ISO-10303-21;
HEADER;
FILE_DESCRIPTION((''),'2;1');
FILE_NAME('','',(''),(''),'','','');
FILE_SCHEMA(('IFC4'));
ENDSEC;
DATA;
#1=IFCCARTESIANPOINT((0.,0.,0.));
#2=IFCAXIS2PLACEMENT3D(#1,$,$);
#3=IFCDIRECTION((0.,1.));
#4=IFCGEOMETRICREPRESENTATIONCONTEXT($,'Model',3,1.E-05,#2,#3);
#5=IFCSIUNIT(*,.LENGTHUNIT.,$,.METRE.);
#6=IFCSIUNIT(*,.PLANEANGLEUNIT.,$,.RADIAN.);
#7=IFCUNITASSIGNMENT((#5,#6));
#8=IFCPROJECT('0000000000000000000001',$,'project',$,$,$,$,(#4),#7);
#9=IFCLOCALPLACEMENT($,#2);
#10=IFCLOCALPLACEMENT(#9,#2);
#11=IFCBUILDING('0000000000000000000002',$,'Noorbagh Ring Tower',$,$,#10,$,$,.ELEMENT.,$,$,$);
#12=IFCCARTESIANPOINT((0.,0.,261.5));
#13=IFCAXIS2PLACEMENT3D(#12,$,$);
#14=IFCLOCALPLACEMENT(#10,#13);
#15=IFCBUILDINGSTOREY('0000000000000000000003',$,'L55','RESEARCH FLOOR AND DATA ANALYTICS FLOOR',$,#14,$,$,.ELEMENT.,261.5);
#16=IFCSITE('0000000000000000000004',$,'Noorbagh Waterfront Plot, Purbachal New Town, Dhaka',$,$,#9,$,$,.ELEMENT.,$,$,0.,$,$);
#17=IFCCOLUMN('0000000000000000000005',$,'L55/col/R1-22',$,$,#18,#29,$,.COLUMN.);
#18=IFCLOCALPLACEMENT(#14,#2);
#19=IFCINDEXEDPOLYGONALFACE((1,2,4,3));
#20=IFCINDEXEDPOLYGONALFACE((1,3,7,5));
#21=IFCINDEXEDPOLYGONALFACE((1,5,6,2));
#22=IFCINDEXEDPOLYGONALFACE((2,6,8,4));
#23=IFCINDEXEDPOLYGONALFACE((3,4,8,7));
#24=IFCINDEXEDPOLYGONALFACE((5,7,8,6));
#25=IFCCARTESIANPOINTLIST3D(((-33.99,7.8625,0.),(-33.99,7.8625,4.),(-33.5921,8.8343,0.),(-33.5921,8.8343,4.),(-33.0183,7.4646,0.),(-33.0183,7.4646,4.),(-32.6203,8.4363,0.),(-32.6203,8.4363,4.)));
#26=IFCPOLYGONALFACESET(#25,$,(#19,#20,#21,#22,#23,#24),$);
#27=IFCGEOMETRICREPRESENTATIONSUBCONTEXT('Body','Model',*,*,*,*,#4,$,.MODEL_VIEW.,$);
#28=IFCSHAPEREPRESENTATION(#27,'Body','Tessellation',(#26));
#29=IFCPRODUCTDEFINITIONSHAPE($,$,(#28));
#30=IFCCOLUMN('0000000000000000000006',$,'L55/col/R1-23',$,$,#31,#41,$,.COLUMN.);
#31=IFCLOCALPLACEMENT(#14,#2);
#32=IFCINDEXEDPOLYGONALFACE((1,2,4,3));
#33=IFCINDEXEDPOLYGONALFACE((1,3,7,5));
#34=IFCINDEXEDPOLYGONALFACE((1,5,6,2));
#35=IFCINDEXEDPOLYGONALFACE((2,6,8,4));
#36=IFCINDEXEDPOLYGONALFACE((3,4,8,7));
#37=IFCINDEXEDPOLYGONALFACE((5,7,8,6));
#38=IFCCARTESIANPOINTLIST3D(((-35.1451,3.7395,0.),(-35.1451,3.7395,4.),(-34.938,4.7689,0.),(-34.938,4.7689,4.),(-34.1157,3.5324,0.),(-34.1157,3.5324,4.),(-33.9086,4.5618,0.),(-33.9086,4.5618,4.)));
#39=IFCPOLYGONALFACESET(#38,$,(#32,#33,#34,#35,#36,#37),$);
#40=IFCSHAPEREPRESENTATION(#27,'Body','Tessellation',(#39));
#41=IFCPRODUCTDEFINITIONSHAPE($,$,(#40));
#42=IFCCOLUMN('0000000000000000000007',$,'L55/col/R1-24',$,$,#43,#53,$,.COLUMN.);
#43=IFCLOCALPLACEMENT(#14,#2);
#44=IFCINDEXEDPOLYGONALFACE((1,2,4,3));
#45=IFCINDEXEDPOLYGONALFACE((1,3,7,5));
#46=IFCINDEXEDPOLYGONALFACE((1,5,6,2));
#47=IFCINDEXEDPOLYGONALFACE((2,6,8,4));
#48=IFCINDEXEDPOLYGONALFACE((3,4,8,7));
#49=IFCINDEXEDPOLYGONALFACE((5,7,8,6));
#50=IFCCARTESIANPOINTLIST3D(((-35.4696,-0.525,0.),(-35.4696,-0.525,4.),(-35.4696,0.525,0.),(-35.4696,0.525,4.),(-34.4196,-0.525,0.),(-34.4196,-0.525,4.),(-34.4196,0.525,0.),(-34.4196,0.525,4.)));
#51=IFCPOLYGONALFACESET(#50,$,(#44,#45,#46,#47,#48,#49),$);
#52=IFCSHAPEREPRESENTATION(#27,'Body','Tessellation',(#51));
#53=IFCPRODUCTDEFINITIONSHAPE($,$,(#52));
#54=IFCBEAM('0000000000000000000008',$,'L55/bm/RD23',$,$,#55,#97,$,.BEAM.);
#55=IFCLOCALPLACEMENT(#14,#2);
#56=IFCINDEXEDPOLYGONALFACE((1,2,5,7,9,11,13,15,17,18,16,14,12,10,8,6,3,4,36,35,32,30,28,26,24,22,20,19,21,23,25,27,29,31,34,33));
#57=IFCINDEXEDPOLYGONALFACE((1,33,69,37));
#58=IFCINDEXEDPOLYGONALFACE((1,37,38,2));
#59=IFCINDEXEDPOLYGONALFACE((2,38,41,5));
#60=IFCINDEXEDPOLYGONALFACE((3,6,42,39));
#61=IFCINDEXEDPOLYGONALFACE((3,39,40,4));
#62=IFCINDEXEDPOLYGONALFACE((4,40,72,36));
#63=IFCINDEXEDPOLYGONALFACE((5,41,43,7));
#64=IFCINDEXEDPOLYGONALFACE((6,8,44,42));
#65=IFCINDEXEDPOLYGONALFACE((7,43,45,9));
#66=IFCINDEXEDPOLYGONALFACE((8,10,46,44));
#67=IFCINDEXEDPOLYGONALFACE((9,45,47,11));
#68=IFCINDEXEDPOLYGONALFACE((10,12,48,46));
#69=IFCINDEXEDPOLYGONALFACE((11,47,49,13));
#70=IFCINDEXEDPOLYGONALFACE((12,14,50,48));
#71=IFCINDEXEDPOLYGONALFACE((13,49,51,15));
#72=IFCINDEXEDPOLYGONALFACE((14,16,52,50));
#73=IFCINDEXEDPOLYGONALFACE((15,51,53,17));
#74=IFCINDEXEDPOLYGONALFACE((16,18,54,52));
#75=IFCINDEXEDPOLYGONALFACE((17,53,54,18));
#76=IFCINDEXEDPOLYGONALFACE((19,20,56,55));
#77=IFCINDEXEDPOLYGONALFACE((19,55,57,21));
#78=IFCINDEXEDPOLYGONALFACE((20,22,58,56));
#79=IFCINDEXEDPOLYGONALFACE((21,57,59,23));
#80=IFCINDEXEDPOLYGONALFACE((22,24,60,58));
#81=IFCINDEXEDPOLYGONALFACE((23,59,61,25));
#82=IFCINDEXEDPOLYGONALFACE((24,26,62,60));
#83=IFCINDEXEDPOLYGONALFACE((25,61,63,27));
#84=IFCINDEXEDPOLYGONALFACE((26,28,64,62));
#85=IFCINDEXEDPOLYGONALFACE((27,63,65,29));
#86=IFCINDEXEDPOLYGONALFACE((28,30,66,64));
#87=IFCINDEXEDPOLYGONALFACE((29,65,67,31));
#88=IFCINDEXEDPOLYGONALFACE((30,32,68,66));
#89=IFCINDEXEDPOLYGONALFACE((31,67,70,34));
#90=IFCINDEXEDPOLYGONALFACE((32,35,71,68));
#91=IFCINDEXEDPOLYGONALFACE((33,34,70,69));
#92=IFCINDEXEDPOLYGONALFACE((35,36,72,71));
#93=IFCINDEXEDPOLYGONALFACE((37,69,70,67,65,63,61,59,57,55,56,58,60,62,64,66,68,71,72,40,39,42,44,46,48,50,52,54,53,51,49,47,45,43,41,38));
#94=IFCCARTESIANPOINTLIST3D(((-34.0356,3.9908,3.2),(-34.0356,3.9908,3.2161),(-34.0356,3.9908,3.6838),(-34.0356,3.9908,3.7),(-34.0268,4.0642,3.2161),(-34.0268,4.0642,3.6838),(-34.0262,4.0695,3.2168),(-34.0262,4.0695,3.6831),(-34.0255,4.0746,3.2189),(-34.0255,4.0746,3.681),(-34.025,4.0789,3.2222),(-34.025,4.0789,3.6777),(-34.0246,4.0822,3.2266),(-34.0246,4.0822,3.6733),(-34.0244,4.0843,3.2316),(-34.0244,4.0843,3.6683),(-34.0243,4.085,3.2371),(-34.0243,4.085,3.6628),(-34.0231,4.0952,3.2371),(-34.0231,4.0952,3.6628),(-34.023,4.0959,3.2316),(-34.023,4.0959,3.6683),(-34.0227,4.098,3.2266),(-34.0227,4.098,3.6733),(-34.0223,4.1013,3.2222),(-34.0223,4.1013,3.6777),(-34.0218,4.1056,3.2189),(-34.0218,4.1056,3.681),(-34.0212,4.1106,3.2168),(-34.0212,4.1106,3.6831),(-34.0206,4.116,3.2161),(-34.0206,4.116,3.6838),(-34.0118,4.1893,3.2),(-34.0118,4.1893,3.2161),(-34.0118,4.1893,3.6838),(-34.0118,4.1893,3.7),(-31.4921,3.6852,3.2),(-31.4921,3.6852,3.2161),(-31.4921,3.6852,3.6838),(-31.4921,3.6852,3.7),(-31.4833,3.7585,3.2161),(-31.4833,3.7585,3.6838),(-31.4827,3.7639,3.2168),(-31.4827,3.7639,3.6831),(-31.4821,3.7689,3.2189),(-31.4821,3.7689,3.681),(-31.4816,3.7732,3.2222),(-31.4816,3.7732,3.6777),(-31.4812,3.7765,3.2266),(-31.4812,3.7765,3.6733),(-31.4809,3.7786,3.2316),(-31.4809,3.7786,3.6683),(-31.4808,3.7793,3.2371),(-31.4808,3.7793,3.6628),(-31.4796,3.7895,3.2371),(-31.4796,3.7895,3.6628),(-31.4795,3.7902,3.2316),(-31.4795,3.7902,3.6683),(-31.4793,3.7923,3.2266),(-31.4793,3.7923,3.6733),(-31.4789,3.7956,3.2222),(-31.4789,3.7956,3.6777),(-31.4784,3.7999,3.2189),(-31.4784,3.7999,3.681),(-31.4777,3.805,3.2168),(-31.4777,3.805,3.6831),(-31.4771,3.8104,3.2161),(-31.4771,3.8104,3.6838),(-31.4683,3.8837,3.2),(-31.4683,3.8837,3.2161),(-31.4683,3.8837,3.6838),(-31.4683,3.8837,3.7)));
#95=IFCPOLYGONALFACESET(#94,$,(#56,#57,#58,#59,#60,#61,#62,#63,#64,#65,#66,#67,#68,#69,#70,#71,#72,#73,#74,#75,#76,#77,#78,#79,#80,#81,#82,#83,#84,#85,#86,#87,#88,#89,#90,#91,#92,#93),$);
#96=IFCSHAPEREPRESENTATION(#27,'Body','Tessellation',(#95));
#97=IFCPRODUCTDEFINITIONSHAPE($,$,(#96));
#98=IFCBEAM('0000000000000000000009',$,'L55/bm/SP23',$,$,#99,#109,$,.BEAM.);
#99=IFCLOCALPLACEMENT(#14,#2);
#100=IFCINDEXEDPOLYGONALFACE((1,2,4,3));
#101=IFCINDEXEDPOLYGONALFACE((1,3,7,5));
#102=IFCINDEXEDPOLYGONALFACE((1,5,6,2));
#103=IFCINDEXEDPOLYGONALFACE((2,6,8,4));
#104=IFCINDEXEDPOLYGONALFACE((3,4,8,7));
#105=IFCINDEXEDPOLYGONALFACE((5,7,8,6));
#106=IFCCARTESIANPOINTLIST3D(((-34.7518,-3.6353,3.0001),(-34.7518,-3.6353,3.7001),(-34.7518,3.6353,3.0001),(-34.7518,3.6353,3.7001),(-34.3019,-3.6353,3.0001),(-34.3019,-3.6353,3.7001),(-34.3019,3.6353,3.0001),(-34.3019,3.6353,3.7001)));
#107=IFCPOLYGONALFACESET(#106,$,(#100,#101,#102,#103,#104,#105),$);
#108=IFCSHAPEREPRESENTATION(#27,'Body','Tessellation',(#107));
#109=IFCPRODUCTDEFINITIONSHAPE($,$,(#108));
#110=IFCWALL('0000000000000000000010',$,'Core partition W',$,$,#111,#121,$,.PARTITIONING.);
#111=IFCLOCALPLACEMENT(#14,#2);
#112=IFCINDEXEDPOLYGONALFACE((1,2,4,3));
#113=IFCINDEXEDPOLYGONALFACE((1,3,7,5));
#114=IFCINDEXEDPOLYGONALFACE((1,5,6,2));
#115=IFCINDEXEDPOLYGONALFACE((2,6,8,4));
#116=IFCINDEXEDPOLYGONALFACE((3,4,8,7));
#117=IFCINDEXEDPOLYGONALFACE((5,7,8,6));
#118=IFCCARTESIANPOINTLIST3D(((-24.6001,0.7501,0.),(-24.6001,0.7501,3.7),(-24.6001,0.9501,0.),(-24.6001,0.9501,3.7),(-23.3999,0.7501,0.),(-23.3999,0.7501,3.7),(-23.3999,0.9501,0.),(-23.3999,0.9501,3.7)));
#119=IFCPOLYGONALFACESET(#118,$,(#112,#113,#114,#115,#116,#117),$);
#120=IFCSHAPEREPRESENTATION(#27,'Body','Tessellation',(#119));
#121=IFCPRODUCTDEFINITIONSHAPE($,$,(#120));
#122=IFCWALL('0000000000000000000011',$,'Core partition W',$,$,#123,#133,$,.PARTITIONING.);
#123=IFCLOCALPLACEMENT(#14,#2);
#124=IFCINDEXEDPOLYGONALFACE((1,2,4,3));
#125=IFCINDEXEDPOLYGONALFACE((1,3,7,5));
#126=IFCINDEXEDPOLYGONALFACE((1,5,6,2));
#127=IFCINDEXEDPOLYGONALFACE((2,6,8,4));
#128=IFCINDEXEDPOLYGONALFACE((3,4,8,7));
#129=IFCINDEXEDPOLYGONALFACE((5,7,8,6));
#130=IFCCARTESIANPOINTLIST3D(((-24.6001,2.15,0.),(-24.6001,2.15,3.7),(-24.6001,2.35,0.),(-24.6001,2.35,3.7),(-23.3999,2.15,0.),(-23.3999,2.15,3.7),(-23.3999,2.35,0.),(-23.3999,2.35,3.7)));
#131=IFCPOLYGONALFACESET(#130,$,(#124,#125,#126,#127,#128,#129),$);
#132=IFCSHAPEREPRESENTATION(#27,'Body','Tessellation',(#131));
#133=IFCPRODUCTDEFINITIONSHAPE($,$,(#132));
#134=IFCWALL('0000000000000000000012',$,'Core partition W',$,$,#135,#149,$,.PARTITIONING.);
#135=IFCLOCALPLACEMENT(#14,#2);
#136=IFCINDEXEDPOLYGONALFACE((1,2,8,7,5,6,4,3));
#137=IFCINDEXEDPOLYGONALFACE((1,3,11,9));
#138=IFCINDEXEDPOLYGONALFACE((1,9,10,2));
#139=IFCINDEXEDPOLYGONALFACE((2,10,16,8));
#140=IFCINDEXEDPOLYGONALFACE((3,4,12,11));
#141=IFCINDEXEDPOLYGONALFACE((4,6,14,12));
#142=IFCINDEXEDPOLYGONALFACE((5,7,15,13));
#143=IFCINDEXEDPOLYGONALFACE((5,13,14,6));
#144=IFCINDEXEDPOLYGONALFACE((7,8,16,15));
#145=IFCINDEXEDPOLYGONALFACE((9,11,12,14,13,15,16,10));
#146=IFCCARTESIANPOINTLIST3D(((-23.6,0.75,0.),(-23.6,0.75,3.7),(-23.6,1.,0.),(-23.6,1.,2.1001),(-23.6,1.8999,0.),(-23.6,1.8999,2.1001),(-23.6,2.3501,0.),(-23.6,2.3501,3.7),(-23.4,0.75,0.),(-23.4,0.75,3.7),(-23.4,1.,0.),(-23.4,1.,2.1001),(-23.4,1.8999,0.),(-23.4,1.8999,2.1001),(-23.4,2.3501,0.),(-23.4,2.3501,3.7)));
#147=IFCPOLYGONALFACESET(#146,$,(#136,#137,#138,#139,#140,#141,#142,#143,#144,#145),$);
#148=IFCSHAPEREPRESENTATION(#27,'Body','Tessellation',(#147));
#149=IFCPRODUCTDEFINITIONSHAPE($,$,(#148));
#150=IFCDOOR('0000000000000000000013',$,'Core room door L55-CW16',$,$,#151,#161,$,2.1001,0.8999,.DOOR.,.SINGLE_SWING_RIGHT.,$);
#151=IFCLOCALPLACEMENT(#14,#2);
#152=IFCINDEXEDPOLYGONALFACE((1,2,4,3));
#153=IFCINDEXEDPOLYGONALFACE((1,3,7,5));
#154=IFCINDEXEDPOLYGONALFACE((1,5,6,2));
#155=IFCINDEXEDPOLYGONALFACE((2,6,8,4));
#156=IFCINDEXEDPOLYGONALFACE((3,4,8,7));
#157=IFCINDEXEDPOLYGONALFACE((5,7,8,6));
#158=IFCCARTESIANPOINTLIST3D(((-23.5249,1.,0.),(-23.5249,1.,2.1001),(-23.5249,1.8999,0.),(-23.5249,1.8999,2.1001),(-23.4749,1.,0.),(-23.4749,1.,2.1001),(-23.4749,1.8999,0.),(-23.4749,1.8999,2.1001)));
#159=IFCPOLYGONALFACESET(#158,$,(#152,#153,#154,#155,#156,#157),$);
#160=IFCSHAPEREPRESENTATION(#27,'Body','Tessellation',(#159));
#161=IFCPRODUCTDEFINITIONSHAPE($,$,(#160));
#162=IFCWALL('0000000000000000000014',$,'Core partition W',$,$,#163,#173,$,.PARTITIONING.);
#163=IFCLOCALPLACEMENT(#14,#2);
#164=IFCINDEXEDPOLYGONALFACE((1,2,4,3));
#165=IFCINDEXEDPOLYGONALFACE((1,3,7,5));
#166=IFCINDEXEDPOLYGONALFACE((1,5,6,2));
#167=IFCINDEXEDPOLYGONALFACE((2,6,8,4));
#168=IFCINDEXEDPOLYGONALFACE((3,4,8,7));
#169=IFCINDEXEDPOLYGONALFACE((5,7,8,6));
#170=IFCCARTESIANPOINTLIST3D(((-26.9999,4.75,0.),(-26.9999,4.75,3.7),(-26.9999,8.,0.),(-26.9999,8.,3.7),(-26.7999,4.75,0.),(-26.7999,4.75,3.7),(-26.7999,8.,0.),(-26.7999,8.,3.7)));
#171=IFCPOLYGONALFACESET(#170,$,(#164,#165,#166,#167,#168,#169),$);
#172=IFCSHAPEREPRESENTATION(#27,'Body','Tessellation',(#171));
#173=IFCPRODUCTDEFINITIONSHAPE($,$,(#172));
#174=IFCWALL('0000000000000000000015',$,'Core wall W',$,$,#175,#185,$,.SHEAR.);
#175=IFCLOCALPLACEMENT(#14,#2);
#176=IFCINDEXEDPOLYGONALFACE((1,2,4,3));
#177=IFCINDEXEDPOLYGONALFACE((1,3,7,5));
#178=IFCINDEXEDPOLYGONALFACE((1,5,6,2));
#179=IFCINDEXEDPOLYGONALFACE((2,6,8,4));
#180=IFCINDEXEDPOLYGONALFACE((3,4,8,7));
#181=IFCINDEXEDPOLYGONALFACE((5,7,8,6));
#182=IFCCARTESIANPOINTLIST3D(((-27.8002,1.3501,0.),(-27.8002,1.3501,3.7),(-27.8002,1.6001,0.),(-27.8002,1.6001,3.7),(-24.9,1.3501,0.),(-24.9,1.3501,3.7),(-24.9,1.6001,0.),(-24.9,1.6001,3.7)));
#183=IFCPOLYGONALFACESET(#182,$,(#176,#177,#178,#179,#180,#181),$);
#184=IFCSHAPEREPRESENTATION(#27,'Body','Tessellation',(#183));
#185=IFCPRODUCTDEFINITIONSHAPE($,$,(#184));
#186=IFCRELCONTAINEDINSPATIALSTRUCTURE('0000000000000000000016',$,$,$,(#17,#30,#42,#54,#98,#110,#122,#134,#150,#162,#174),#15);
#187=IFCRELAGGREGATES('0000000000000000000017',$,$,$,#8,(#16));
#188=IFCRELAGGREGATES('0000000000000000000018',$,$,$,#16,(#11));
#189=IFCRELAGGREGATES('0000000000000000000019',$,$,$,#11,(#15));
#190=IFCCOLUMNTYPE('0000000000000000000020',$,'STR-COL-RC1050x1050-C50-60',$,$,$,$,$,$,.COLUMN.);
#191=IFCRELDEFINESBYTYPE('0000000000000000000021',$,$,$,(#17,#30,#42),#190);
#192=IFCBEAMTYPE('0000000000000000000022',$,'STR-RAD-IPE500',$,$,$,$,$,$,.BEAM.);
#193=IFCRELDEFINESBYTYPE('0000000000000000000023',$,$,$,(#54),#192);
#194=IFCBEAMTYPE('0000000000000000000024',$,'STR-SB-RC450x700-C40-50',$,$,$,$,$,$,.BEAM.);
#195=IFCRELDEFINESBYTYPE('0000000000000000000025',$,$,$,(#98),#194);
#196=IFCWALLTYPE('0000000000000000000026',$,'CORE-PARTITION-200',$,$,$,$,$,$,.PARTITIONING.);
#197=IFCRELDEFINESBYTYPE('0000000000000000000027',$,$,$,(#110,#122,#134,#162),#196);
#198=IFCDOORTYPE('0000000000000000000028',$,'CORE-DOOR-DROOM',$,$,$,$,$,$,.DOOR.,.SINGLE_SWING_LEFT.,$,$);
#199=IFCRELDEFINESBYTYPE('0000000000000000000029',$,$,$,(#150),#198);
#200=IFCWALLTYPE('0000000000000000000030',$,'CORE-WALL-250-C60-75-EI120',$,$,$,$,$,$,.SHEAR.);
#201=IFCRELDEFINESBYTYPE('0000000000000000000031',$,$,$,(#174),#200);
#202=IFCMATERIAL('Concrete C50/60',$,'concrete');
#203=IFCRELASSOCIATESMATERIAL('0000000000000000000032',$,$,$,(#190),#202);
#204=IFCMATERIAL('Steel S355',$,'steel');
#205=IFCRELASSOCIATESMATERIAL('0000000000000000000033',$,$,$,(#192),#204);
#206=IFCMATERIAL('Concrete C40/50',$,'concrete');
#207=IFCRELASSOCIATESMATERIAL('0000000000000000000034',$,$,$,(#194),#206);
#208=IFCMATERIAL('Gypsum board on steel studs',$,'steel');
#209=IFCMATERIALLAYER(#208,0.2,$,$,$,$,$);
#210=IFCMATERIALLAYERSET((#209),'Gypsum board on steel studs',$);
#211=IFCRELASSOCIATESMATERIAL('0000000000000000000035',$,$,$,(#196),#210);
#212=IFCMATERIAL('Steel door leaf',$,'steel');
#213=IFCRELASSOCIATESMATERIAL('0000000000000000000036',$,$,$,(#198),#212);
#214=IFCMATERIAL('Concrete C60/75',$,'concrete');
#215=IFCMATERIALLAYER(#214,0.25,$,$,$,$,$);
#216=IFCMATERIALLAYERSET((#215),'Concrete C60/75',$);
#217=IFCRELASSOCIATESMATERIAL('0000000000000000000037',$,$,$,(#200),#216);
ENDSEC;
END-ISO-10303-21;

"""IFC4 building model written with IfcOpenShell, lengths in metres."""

from ifc_helpers import new_model, si_unit, direction, frame, frame_2d, origin, origin_2d, place, context, subcontext, project, spatial, rectangle, i_section, extrude, material, layer, layer_set, material_profile, profile_set, type_object, element, fill, save


model = new_model("IFC4")

# Units and contexts
model_context = context("Model", 3, precision=1e-05, world=origin(), true_north=direction((0.0, 1.0)))
body_context = subcontext(model_context, "Body", "Model", "MODEL_VIEW")
ifc_project = project(units=[si_unit("LENGTHUNIT", "METRE"), si_unit("PLANEANGLEUNIT", "RADIAN")], contexts=[model_context])

# Site, building, storey
site_placement = place(None, origin())
site = spatial("IfcSite", under=ifc_project, at=site_placement, Name="Noorbagh Waterfront Plot, Purbachal New Town, Dhaka", CompositionType="ELEMENT", RefElevation=0.0)
building_placement = place(site_placement, origin())
building = spatial("IfcBuilding", under=site, at=building_placement, Name="Noorbagh Ring Tower", CompositionType="ELEMENT")
storey_placement = place(building_placement, frame((0.0, 0.0, 261.5)))
storey = spatial("IfcBuildingStorey", under=building, at=storey_placement, Name="L55", Description="RESEARCH FLOOR AND DATA ANALYTICS FLOOR", CompositionType="ELEMENT", Elevation=261.5)

# Columns
ifc_material_1 = material(Name="Concrete C50/60", Category="concrete")
ifc_material_profile_1 = material_profile(ifc_material_1, rectangle(XDim=1.05, YDim=1.05, at=origin_2d()), Name="RC1050x1050")
ifc_profile_set_1 = profile_set([ifc_material_profile_1], Name="Concrete C50/60")
column_type = type_object("IfcColumnType", Name="STR-COL-RC1050x1050-C50-60", PredefinedType="COLUMN", material=ifc_profile_set_1)
for number, where, z_axis, x_axis, name in (
    (1, (-33.3052, 8.1494, 0.0), (0.0, 0.0, 1.0), (-0.378989, -0.925401, 0.0), "L55/col/R1-22"),
    (2, (-34.5269, 4.1506, 0.0), (0.0, 0.0, 1.0), (-0.19723, -0.980357, 0.0), "L55/col/R1-23"),
    (3, (-34.9446, 0.0, 0.0), (0.0, 0.0, 1.0), (0.0, -1.0, 0.0), "L55/col/R1-24"),
):
    element("IfcColumn", number, at=place(storey_placement, frame(where, z_axis=z_axis, x_axis=x_axis)), inside=storey, type_object=column_type, Name=name, PredefinedType="COLUMN", context=body_context, shape_type="SweptSolid", body=[
        extrude(rectangle(XDim=1.05, YDim=1.05, at=origin_2d()), origin(), (0.0, 0.0, 1.0), 4.0),
    ])

# Beams
ifc_material_2 = material(Name="Steel S355", Category="steel")
ifc_material_profile_2 = material_profile(ifc_material_2, i_section(OverallWidth=0.2, OverallDepth=0.5, WebThickness=0.0103, FlangeThickness=0.0161, FilletRadius=0.021, at=origin_2d()), Name="IPE500")
ifc_profile_set_2 = profile_set([ifc_material_profile_2], Name="Steel S355")
beam_type_1 = type_object("IfcBeamType", Name="STR-RAD-IPE500", PredefinedType="BEAM", material=ifc_profile_set_2)
beam_1_placement = place(storey_placement, frame((-34.0237, 4.0901, 3.45), z_axis=(0.992856, -0.119318, 0.0), x_axis=(0.119318, 0.992856, 0.0)))
element("IfcBeam", 4, at=beam_1_placement, inside=storey, type_object=beam_type_1, Name="L55/bm/RD23", PredefinedType="BEAM", context=body_context, shape_type="SweptSolid", body=[
    extrude(i_section(OverallWidth=0.2, OverallDepth=0.5, WebThickness=0.0103, FlangeThickness=0.0161, FilletRadius=0.021, at=origin_2d()), origin(), (0.0, 0.0, 1.0), 2.5618),
])
ifc_material_3 = material(Name="Concrete C40/50", Category="concrete")
ifc_material_profile_3 = material_profile(ifc_material_3, rectangle(XDim=0.45, YDim=0.7, at=origin_2d()), Name="RC450x700")
ifc_profile_set_3 = profile_set([ifc_material_profile_3], Name="Concrete C40/50")
beam_type_2 = type_object("IfcBeamType", Name="STR-SB-RC450x700-C40-50", PredefinedType="BEAM", material=ifc_profile_set_3)
beam_2_placement = place(storey_placement, frame((-34.5269, 3.6353, 3.3501), z_axis=(0.0, -1.0, 0.0), x_axis=(1.0, 0.0, 0.0)))
element("IfcBeam", 5, at=beam_2_placement, inside=storey, type_object=beam_type_2, Name="L55/bm/SP23", PredefinedType="BEAM", context=body_context, shape_type="SweptSolid", body=[
    extrude(rectangle(XDim=0.45, YDim=0.7, at=origin_2d()), origin(), (0.0, 0.0, 1.0), 7.2705),
])

# Walls
ifc_material_4 = material(Name="Gypsum board on steel studs", Category="steel")
ifc_layer_1 = layer(ifc_material_4, 0.2)
ifc_layer_set_1 = layer_set([ifc_layer_1], Name="Gypsum board on steel studs")
wall_type_1 = type_object("IfcWallType", Name="CORE-PARTITION-200", PredefinedType="PARTITIONING", material=ifc_layer_set_1)
for number, where, z_axis, x_axis, name in (
    (6, (-23.3999, 0.8501, 0.0), (0.0, 0.0, 1.0), (-1.0, 0.0, 0.0), "Core partition W"),
    (7, (-23.3999, 2.25, 0.0), (0.0, 0.0, 1.0), (-1.0, 0.0, 0.0), "Core partition W"),
):
    element("IfcWall", number, at=place(storey_placement, frame(where, z_axis=z_axis, x_axis=x_axis)), inside=storey, type_object=wall_type_1, Name=name, PredefinedType="PARTITIONING", context=body_context, shape_type="SweptSolid", body=[
        extrude(rectangle(XDim=1.2002, YDim=0.2, at=frame_2d((0.6001, 0.0))), origin(), (0.0, 0.0, 1.0), 3.7),
    ])

# Wall, opening, door
wall_1_placement = place(storey_placement, frame((-23.5, 0.75, 0.0), z_axis=(0.0, 0.0, 1.0), x_axis=(0.0, 1.0, 0.0)))
wall_1 = element("IfcWall", 8, at=wall_1_placement, inside=storey, type_object=wall_type_1, Name="Core partition W", PredefinedType="PARTITIONING", context=body_context, shape_type="SweptSolid", body=[
    extrude(rectangle(XDim=1.6001, YDim=0.2, at=frame_2d((0.8, 0.0))), origin(), (0.0, 0.0, 1.0), 3.7),
])
opening_1_placement = place(wall_1_placement, frame((0.25, 0.0, 0.0)))
opening_1 = element("IfcOpeningElement", 9, at=opening_1_placement, cuts=wall_1, PredefinedType="OPENING", context=body_context, shape_type="SweptSolid", body=[
    extrude(rectangle(XDim=0.8999, YDim=2.1001, at=frame_2d((0.45, 1.05))), frame((0.0, 0.1099, 0.0), z_axis=(0.0, -1.0, 0.0), x_axis=(1.0, 0.0, 0.0)), (0.0, 0.0, 1.0), 0.22),
])
ifc_material_5 = material(Name="Steel door leaf", Category="steel")
door_type_1 = type_object("IfcDoorType", Name="CORE-DOOR-DROOM", OperationType="SINGLE_SWING_LEFT", PredefinedType="DOOR", material=ifc_material_5)
door_1_placement = place(opening_1_placement, origin())
door_1 = element("IfcDoor", 10, at=door_1_placement, inside=storey, type_object=door_type_1, Name="Core room door L55-CW16", OperationType="SINGLE_SWING_RIGHT", OverallHeight=2.1001, OverallWidth=0.8999, PredefinedType="DOOR", context=body_context, shape_type="SweptSolid", body=[
    extrude(rectangle(XDim=0.8999, YDim=2.1001, at=frame_2d((0.45, 1.05))), frame((0.0, 0.0249, 0.0), z_axis=(0.0, -1.0, 0.0), x_axis=(1.0, 0.0, 0.0)), (0.0, 0.0, 1.0), 0.05),
])
fill(opening_1, door_1)

# Walls
wall_2_placement = place(storey_placement, frame((-26.8999, 4.75, 0.0), z_axis=(0.0, 0.0, 1.0), x_axis=(0.0, 1.0, 0.0)))
element("IfcWall", 11, at=wall_2_placement, inside=storey, type_object=wall_type_1, Name="Core partition W", PredefinedType="PARTITIONING", context=body_context, shape_type="SweptSolid", body=[
    extrude(rectangle(XDim=3.25, YDim=0.2, at=frame_2d((1.625, 0.0))), origin(), (0.0, 0.0, 1.0), 3.7),
])
ifc_material_6 = material(Name="Concrete C60/75", Category="concrete")
ifc_layer_2 = layer(ifc_material_6, 0.25)
ifc_layer_set_2 = layer_set([ifc_layer_2], Name="Concrete C60/75")
wall_type_2 = type_object("IfcWallType", Name="CORE-WALL-250-C60-75-EI120", PredefinedType="SHEAR", material=ifc_layer_set_2)
wall_3_placement = place(storey_placement, frame((-24.8999, 1.4751, 0.0), z_axis=(0.0, 0.0, 1.0), x_axis=(-1.0, 0.0, 0.0)))
element("IfcWall", 12, at=wall_3_placement, inside=storey, type_object=wall_type_2, Name="Core wall W", PredefinedType="SHEAR", context=body_context, shape_type="SweptSolid", body=[
    extrude(rectangle(XDim=2.9001, YDim=0.25, at=frame_2d((1.4502, 0.0))), origin(), (0.0, 0.0, 1.0), 3.7),
])

save(model, "model.ifc")
